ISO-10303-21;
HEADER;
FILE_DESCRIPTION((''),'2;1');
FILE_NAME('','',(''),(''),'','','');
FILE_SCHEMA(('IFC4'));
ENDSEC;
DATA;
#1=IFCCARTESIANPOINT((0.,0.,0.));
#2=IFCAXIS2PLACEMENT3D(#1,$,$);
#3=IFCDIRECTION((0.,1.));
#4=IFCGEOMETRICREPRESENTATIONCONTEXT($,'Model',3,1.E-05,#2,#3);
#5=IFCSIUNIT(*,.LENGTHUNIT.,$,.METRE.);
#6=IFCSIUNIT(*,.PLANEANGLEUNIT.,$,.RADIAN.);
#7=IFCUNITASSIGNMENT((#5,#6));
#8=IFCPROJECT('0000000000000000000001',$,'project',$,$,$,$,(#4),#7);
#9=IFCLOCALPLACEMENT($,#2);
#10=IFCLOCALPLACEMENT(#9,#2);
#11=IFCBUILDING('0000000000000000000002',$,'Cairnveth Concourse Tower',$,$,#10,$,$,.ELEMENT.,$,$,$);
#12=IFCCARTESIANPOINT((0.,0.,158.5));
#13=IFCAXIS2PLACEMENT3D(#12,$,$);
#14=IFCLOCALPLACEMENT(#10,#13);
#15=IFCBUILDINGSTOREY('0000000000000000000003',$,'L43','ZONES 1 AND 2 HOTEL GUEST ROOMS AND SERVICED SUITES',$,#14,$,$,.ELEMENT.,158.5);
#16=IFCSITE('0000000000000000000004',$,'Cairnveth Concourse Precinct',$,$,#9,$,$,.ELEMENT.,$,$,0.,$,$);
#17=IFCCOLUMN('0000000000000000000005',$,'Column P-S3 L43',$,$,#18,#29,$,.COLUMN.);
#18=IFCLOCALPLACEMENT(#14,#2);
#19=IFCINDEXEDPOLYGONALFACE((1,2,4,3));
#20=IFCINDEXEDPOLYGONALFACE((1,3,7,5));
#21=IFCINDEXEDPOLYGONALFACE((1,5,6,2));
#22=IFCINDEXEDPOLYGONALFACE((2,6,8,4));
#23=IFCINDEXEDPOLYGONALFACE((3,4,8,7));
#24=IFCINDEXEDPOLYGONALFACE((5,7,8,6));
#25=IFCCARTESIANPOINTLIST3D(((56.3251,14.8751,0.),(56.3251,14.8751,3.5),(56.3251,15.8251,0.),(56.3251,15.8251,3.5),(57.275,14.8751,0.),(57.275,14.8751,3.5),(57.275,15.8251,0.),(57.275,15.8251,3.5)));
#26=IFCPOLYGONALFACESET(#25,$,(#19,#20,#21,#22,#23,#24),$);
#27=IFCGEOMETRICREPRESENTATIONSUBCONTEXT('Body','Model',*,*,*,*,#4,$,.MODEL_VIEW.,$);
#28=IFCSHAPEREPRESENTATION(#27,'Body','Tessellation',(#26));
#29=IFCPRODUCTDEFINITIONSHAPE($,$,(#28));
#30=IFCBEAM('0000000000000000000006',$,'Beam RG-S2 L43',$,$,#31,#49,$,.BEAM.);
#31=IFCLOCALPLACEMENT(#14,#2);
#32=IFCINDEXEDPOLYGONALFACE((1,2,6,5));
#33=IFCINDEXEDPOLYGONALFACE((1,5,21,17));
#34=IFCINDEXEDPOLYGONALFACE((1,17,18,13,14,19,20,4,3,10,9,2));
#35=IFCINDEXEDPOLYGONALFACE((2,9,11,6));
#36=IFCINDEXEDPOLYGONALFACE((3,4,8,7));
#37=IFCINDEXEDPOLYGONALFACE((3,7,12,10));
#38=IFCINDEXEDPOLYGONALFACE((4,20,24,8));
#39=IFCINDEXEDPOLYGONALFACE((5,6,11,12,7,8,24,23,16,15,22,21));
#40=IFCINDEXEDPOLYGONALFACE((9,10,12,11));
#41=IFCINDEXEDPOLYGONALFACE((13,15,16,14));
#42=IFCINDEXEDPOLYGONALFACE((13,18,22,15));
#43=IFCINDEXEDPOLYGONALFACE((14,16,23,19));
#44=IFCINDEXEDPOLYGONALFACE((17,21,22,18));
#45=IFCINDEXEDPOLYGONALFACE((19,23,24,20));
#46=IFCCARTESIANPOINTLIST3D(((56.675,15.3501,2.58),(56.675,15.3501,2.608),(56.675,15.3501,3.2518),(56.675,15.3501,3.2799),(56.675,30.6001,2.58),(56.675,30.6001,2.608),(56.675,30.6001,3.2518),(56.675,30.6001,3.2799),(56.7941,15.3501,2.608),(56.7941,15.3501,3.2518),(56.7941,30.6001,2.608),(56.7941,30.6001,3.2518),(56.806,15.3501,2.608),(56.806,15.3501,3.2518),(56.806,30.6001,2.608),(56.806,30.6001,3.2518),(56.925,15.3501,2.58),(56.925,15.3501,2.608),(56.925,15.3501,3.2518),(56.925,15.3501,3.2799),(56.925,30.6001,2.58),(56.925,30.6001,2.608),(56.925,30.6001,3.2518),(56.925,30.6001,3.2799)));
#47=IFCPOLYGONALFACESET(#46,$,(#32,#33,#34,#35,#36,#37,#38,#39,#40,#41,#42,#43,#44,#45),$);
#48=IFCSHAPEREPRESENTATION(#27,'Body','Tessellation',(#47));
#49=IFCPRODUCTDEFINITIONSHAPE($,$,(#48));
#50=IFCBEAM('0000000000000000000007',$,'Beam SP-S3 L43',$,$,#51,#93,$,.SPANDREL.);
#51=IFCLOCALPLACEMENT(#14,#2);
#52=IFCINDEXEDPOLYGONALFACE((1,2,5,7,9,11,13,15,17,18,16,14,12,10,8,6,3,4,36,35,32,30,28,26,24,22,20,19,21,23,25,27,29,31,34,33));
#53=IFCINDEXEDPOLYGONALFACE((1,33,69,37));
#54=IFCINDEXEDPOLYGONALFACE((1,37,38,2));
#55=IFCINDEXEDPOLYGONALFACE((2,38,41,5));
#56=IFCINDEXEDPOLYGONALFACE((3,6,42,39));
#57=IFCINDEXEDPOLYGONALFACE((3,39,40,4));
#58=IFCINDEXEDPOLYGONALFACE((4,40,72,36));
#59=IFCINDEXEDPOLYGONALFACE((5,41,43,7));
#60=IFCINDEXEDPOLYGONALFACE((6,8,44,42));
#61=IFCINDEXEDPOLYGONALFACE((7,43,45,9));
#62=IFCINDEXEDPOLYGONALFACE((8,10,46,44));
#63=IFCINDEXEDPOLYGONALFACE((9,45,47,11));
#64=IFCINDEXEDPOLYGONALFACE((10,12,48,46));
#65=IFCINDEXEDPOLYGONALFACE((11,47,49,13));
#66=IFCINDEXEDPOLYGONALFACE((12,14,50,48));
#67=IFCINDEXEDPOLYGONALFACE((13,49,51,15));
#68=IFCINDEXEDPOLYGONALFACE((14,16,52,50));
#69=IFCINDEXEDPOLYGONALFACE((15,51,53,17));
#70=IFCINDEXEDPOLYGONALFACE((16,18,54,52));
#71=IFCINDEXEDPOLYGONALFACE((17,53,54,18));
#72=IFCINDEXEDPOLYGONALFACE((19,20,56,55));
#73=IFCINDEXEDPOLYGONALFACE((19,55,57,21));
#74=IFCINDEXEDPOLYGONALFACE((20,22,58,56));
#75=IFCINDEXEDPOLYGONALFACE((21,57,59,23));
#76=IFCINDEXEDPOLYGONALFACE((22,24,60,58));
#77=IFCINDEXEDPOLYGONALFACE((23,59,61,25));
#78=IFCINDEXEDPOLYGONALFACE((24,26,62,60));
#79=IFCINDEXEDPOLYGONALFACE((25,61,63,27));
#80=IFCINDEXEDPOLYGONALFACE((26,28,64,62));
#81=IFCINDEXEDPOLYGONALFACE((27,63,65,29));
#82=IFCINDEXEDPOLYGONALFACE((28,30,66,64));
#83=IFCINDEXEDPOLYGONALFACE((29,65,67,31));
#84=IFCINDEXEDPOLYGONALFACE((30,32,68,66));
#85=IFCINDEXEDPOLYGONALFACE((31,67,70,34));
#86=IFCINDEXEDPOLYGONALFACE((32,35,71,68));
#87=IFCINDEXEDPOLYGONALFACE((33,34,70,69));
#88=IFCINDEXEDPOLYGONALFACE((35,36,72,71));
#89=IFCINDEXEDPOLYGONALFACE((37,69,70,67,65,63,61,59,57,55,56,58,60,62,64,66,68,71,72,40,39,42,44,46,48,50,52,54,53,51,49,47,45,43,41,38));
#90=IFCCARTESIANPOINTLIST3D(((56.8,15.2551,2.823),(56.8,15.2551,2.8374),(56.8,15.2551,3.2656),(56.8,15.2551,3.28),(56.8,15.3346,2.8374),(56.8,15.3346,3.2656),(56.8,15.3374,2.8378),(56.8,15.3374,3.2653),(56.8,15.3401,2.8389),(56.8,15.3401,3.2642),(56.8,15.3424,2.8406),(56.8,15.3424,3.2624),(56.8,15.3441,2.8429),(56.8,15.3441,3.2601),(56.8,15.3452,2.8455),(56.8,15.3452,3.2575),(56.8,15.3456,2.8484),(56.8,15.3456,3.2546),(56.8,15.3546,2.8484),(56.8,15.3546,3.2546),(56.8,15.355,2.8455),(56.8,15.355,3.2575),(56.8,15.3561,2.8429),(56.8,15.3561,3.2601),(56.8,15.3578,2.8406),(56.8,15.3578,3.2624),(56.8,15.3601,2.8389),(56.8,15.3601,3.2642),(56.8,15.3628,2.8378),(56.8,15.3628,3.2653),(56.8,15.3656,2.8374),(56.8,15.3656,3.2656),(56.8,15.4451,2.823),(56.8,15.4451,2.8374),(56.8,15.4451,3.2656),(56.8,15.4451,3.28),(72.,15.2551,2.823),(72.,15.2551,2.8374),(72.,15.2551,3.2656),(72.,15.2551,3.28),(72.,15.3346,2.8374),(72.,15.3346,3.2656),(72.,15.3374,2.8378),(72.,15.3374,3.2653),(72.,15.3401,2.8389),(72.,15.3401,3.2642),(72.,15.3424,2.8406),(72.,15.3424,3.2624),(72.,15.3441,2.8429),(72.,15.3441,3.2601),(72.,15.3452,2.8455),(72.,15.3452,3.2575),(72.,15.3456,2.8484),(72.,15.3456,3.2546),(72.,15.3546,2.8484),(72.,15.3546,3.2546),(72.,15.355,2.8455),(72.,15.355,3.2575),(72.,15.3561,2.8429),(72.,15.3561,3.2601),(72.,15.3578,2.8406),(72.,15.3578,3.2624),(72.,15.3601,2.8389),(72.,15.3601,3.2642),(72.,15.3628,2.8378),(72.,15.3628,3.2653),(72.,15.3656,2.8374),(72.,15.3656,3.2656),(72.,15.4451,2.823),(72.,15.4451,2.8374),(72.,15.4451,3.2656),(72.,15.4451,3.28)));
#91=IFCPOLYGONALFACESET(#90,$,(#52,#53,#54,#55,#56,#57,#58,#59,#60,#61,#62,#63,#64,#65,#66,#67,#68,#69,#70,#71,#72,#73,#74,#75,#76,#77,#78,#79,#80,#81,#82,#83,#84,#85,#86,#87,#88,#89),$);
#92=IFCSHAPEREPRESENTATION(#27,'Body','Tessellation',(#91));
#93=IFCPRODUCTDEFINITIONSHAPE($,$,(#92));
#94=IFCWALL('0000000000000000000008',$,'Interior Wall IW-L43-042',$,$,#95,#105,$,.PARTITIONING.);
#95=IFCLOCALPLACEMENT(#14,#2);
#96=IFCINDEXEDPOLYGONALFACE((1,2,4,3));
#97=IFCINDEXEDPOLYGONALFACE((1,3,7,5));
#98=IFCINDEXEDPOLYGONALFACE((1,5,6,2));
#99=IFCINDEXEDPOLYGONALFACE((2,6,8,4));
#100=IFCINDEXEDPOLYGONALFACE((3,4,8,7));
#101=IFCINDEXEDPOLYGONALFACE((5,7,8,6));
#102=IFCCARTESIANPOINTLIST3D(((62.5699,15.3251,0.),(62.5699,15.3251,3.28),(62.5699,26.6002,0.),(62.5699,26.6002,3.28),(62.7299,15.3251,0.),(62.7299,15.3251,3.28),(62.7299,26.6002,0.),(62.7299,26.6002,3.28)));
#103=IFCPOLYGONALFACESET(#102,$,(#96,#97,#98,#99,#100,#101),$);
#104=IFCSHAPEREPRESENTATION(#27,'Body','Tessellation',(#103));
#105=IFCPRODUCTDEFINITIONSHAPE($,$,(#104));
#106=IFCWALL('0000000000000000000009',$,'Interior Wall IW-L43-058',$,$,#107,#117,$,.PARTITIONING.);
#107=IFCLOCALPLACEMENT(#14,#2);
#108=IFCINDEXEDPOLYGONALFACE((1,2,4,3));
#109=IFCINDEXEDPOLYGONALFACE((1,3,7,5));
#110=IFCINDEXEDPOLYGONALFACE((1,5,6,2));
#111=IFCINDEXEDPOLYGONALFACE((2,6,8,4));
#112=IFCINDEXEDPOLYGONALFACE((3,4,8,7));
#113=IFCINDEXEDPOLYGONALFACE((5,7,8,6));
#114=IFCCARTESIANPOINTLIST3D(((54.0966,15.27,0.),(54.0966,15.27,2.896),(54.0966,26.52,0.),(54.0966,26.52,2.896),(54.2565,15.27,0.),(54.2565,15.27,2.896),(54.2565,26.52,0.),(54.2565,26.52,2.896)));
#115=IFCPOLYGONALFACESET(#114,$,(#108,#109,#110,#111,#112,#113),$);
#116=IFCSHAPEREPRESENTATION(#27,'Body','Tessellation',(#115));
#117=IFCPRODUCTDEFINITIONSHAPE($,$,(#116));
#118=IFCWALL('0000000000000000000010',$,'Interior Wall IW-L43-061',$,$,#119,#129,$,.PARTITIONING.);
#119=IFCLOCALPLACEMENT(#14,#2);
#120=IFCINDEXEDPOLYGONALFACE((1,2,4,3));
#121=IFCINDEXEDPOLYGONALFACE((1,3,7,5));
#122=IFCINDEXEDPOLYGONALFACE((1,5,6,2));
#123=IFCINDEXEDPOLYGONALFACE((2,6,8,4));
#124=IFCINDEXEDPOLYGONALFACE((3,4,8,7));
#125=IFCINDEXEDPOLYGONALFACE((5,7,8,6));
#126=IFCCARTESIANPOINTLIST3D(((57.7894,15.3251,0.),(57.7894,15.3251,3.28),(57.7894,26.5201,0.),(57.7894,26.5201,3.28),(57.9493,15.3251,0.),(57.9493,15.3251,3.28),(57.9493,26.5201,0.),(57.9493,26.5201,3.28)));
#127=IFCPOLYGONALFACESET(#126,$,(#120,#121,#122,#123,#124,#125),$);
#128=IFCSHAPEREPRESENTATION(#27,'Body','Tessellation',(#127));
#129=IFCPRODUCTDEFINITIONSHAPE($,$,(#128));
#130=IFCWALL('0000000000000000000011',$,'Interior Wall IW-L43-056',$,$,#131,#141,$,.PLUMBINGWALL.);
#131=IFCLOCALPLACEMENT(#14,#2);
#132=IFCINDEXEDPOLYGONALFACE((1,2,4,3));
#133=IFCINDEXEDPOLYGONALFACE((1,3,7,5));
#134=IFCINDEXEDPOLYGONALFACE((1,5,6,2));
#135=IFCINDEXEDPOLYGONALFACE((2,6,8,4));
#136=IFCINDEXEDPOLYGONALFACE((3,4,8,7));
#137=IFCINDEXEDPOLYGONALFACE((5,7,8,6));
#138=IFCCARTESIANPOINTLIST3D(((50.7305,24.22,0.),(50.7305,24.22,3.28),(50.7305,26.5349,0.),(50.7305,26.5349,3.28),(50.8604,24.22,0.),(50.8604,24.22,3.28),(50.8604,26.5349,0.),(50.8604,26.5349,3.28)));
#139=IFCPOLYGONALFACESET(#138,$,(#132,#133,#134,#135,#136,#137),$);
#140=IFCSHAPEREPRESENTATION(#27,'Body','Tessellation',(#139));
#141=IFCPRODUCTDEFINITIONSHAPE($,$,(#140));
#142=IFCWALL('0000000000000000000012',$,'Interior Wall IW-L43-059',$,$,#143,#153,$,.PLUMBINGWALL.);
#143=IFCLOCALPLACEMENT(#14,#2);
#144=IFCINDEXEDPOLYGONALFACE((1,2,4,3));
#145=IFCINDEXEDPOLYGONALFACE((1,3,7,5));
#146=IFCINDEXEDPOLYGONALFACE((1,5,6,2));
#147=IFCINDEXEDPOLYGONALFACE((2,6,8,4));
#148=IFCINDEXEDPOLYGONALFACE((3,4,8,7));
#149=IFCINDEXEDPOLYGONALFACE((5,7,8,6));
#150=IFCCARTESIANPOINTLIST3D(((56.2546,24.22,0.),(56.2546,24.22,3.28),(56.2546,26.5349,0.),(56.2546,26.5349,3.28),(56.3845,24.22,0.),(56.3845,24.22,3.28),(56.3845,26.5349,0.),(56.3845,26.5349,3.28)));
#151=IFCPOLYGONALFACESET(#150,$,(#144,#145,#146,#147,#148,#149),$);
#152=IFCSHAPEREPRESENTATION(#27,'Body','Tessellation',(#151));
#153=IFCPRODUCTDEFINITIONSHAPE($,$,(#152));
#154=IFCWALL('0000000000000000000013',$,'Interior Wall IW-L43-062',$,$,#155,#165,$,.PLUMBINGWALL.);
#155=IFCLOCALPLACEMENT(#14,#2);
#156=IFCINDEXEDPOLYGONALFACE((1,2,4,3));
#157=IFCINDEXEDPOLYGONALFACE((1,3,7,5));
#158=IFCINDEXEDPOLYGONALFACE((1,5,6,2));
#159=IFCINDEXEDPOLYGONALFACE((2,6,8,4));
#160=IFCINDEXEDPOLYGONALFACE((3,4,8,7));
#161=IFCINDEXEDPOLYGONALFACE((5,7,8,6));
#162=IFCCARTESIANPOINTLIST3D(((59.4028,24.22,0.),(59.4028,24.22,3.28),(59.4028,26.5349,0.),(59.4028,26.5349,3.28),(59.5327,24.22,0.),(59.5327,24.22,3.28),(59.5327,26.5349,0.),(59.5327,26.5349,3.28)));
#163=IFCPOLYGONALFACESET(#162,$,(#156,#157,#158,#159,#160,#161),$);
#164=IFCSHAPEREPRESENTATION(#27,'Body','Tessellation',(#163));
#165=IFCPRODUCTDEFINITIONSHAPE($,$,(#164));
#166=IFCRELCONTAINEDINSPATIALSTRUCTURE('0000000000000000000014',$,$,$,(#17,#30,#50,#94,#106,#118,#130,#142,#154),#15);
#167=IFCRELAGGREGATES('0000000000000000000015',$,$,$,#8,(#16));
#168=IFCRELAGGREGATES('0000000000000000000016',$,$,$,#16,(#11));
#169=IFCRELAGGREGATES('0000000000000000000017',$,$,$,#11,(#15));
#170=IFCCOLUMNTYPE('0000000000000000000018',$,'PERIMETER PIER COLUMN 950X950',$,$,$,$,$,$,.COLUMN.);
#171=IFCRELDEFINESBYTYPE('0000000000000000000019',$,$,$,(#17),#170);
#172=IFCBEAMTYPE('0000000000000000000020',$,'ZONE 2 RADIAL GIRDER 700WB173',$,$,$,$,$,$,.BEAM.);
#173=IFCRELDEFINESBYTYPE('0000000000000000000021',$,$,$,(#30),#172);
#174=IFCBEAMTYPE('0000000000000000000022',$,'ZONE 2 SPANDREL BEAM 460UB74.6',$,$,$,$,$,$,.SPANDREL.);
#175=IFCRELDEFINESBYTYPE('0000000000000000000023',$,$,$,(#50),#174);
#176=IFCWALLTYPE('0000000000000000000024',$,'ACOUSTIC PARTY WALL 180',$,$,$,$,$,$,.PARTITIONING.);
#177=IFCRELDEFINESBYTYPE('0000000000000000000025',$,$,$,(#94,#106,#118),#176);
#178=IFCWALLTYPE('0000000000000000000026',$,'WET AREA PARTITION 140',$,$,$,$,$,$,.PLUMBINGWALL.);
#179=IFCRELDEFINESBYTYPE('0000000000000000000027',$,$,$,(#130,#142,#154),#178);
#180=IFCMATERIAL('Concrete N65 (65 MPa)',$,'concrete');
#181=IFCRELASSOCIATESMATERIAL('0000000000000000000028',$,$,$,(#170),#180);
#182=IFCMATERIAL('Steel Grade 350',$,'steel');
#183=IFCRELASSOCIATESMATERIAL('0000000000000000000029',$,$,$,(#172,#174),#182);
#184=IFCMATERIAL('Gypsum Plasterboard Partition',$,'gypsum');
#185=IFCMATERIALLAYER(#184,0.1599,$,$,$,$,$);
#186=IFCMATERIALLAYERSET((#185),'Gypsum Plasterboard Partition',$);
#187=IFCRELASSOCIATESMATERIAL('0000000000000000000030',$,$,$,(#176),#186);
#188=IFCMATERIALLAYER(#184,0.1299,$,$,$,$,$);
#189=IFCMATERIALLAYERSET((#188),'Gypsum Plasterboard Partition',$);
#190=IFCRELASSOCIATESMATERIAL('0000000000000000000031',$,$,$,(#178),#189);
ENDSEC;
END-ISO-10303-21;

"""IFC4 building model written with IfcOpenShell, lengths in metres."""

from ifc_helpers import new_model, si_unit, direction, frame, frame_2d, origin, origin_2d, place, context, subcontext, project, spatial, rectangle, i_section, extrude, material, layer, layer_set, material_profile, profile_set, type_object, element, save


model = new_model("IFC4")

# Units and contexts
model_context = context("Model", 3, precision=1e-05, world=origin(), true_north=direction((0.0, 1.0)))
body_context = subcontext(model_context, "Body", "Model", "MODEL_VIEW")
ifc_project = project(units=[si_unit("LENGTHUNIT", "METRE"), si_unit("PLANEANGLEUNIT", "RADIAN")], contexts=[model_context])

# Site, building, storey
site_placement = place(None, origin())
site = spatial("IfcSite", under=ifc_project, at=site_placement, Name="Cairnveth Concourse Precinct", CompositionType="ELEMENT", RefElevation=0.0)
building_placement = place(site_placement, origin())
building = spatial("IfcBuilding", under=site, at=building_placement, Name="Cairnveth Concourse Tower", CompositionType="ELEMENT")
storey_placement = place(building_placement, frame((0.0, 0.0, 158.5)))
storey = spatial("IfcBuildingStorey", under=building, at=storey_placement, Name="L43", Description="ZONES 1 AND 2 HOTEL GUEST ROOMS AND SERVICED SUITES", CompositionType="ELEMENT", Elevation=158.5)

# Column
ifc_material_1 = material(Name="Concrete N65 (65 MPa)", Category="concrete")
ifc_material_profile_1 = material_profile(ifc_material_1, rectangle(XDim=0.95, YDim=0.95, at=origin_2d()), Name="RC-COL-950x950")
ifc_profile_set_1 = profile_set([ifc_material_profile_1], Name="Concrete N65 (65 MPa)")
column_type = type_object("IfcColumnType", Name="PERIMETER PIER COLUMN 950X950", PredefinedType="COLUMN", material=ifc_profile_set_1)
column_placement = place(storey_placement, frame((56.8, 15.3501, 0.0), z_axis=(0.0, 0.0, 1.0), x_axis=(1.0, 0.0, 0.0)))
element("IfcColumn", 1, at=column_placement, inside=storey, type_object=column_type, Name="Column P-S3 L43", PredefinedType="COLUMN", context=body_context, shape_type="SweptSolid", body=[
    extrude(rectangle(XDim=0.95, YDim=0.95, at=origin_2d()), origin(), (0.0, 0.0, 1.0), 3.5),
])

# Beams
ifc_material_2 = material(Name="Steel Grade 350", Category="steel")
ifc_material_profile_2 = material_profile(ifc_material_2, i_section(OverallWidth=0.25, OverallDepth=0.7, WebThickness=0.012, FlangeThickness=0.0281, at=origin_2d()), Name="700WB173")
ifc_profile_set_2 = profile_set([ifc_material_profile_2], Name="Steel Grade 350")
beam_type_1 = type_object("IfcBeamType", Name="ZONE 2 RADIAL GIRDER 700WB173", PredefinedType="BEAM", material=ifc_profile_set_2)
beam_1_placement = place(storey_placement, frame((56.8, 15.3501, 2.9299), z_axis=(0.0, 1.0, 0.0), x_axis=(-1.0, 0.0, 0.0)))
element("IfcBeam", 2, at=beam_1_placement, inside=storey, type_object=beam_type_1, Name="Beam RG-S2 L43", PredefinedType="BEAM", context=body_context, shape_type="SweptSolid", body=[
    extrude(i_section(OverallWidth=0.25, OverallDepth=0.7, WebThickness=0.012, FlangeThickness=0.0281, at=origin_2d()), origin(), (0.0, 0.0, 1.0), 15.25),
])
ifc_material_profile_3 = material_profile(ifc_material_2, i_section(OverallWidth=0.1899, OverallDepth=0.457, WebThickness=0.009, FlangeThickness=0.0144, FilletRadius=0.011, at=origin_2d()), Name="460UB74.6")
ifc_profile_set_3 = profile_set([ifc_material_profile_3], Name="Steel Grade 350")
beam_type_2 = type_object("IfcBeamType", Name="ZONE 2 SPANDREL BEAM 460UB74.6", PredefinedType="SPANDREL", material=ifc_profile_set_3)
beam_2_placement = place(storey_placement, frame((56.8, 15.3501, 3.0515), z_axis=(1.0, 0.0, 0.0), x_axis=(0.0, 1.0, 0.0)))
element("IfcBeam", 3, at=beam_2_placement, inside=storey, type_object=beam_type_2, Name="Beam SP-S3 L43", PredefinedType="SPANDREL", context=body_context, shape_type="SweptSolid", body=[
    extrude(i_section(OverallWidth=0.1899, OverallDepth=0.457, WebThickness=0.009, FlangeThickness=0.0144, FilletRadius=0.011, at=origin_2d()), origin(), (0.0, 0.0, 1.0), 15.2),
])

# Walls
ifc_material_3 = material(Name="Gypsum Plasterboard Partition", Category="gypsum")
ifc_layer_1 = layer(ifc_material_3, 0.1599)
ifc_layer_set_1 = layer_set([ifc_layer_1], Name="Gypsum Plasterboard Partition")
wall_type_1 = type_object("IfcWallType", Name="ACOUSTIC PARTY WALL 180", PredefinedType="PARTITIONING", material=ifc_layer_set_1)
wall_1_placement = place(storey_placement, frame((62.6499, 15.325, 0.0), z_axis=(0.0, 0.0, 1.0), x_axis=(0.0, 1.0, 0.0)))
element("IfcWall", 4, at=wall_1_placement, inside=storey, type_object=wall_type_1, Name="Interior Wall IW-L43-042", PredefinedType="PARTITIONING", context=body_context, shape_type="SweptSolid", body=[
    extrude(rectangle(XDim=11.2751, YDim=0.1599, at=frame_2d((5.6377, 0.0))), origin(), (0.0, 0.0, 1.0), 3.28),
])
wall_2_placement = place(storey_placement, frame((54.1765, 15.27, 0.0), z_axis=(0.0, 0.0, 1.0), x_axis=(0.0, 1.0, 0.0)))
element("IfcWall", 5, at=wall_2_placement, inside=storey, type_object=wall_type_1, Name="Interior Wall IW-L43-058", PredefinedType="PARTITIONING", context=body_context, shape_type="SweptSolid", body=[
    extrude(rectangle(XDim=11.25, YDim=0.1599, at=frame_2d((5.625, 0.0))), origin(), (0.0, 0.0, 1.0), 2.896),
])
wall_3_placement = place(storey_placement, frame((57.8694, 15.325, 0.0), z_axis=(0.0, 0.0, 1.0), x_axis=(0.0, 1.0, 0.0)))
element("IfcWall", 6, at=wall_3_placement, inside=storey, type_object=wall_type_1, Name="Interior Wall IW-L43-061", PredefinedType="PARTITIONING", context=body_context, shape_type="SweptSolid", body=[
    extrude(rectangle(XDim=11.1951, YDim=0.1599, at=frame_2d((5.5977, 0.0))), origin(), (0.0, 0.0, 1.0), 3.28),
])
ifc_layer_2 = layer(ifc_material_3, 0.1299)
ifc_layer_set_2 = layer_set([ifc_layer_2], Name="Gypsum Plasterboard Partition")
wall_type_2 = type_object("IfcWallType", Name="WET AREA PARTITION 140", PredefinedType="PLUMBINGWALL", material=ifc_layer_set_2)
for number, where, z_axis, x_axis, name in (
    (7, (50.7954, 24.22, 0.0), (0.0, 0.0, 1.0), (0.0, 1.0, 0.0), "Interior Wall IW-L43-056"),
    (8, (56.3196, 24.22, 0.0), (0.0, 0.0, 1.0), (0.0, 1.0, 0.0), "Interior Wall IW-L43-059"),
    (9, (59.4678, 24.22, 0.0), (0.0, 0.0, 1.0), (0.0, 1.0, 0.0), "Interior Wall IW-L43-062"),
):
    element("IfcWall", number, at=place(storey_placement, frame(where, z_axis=z_axis, x_axis=x_axis)), inside=storey, type_object=wall_type_2, Name=name, PredefinedType="PLUMBINGWALL", context=body_context, shape_type="SweptSolid", body=[
        extrude(rectangle(XDim=2.3149, YDim=0.1299, at=frame_2d((1.1575, 0.0))), origin(), (0.0, 0.0, 1.0), 3.28),
    ])

save(model, "model.ifc")
